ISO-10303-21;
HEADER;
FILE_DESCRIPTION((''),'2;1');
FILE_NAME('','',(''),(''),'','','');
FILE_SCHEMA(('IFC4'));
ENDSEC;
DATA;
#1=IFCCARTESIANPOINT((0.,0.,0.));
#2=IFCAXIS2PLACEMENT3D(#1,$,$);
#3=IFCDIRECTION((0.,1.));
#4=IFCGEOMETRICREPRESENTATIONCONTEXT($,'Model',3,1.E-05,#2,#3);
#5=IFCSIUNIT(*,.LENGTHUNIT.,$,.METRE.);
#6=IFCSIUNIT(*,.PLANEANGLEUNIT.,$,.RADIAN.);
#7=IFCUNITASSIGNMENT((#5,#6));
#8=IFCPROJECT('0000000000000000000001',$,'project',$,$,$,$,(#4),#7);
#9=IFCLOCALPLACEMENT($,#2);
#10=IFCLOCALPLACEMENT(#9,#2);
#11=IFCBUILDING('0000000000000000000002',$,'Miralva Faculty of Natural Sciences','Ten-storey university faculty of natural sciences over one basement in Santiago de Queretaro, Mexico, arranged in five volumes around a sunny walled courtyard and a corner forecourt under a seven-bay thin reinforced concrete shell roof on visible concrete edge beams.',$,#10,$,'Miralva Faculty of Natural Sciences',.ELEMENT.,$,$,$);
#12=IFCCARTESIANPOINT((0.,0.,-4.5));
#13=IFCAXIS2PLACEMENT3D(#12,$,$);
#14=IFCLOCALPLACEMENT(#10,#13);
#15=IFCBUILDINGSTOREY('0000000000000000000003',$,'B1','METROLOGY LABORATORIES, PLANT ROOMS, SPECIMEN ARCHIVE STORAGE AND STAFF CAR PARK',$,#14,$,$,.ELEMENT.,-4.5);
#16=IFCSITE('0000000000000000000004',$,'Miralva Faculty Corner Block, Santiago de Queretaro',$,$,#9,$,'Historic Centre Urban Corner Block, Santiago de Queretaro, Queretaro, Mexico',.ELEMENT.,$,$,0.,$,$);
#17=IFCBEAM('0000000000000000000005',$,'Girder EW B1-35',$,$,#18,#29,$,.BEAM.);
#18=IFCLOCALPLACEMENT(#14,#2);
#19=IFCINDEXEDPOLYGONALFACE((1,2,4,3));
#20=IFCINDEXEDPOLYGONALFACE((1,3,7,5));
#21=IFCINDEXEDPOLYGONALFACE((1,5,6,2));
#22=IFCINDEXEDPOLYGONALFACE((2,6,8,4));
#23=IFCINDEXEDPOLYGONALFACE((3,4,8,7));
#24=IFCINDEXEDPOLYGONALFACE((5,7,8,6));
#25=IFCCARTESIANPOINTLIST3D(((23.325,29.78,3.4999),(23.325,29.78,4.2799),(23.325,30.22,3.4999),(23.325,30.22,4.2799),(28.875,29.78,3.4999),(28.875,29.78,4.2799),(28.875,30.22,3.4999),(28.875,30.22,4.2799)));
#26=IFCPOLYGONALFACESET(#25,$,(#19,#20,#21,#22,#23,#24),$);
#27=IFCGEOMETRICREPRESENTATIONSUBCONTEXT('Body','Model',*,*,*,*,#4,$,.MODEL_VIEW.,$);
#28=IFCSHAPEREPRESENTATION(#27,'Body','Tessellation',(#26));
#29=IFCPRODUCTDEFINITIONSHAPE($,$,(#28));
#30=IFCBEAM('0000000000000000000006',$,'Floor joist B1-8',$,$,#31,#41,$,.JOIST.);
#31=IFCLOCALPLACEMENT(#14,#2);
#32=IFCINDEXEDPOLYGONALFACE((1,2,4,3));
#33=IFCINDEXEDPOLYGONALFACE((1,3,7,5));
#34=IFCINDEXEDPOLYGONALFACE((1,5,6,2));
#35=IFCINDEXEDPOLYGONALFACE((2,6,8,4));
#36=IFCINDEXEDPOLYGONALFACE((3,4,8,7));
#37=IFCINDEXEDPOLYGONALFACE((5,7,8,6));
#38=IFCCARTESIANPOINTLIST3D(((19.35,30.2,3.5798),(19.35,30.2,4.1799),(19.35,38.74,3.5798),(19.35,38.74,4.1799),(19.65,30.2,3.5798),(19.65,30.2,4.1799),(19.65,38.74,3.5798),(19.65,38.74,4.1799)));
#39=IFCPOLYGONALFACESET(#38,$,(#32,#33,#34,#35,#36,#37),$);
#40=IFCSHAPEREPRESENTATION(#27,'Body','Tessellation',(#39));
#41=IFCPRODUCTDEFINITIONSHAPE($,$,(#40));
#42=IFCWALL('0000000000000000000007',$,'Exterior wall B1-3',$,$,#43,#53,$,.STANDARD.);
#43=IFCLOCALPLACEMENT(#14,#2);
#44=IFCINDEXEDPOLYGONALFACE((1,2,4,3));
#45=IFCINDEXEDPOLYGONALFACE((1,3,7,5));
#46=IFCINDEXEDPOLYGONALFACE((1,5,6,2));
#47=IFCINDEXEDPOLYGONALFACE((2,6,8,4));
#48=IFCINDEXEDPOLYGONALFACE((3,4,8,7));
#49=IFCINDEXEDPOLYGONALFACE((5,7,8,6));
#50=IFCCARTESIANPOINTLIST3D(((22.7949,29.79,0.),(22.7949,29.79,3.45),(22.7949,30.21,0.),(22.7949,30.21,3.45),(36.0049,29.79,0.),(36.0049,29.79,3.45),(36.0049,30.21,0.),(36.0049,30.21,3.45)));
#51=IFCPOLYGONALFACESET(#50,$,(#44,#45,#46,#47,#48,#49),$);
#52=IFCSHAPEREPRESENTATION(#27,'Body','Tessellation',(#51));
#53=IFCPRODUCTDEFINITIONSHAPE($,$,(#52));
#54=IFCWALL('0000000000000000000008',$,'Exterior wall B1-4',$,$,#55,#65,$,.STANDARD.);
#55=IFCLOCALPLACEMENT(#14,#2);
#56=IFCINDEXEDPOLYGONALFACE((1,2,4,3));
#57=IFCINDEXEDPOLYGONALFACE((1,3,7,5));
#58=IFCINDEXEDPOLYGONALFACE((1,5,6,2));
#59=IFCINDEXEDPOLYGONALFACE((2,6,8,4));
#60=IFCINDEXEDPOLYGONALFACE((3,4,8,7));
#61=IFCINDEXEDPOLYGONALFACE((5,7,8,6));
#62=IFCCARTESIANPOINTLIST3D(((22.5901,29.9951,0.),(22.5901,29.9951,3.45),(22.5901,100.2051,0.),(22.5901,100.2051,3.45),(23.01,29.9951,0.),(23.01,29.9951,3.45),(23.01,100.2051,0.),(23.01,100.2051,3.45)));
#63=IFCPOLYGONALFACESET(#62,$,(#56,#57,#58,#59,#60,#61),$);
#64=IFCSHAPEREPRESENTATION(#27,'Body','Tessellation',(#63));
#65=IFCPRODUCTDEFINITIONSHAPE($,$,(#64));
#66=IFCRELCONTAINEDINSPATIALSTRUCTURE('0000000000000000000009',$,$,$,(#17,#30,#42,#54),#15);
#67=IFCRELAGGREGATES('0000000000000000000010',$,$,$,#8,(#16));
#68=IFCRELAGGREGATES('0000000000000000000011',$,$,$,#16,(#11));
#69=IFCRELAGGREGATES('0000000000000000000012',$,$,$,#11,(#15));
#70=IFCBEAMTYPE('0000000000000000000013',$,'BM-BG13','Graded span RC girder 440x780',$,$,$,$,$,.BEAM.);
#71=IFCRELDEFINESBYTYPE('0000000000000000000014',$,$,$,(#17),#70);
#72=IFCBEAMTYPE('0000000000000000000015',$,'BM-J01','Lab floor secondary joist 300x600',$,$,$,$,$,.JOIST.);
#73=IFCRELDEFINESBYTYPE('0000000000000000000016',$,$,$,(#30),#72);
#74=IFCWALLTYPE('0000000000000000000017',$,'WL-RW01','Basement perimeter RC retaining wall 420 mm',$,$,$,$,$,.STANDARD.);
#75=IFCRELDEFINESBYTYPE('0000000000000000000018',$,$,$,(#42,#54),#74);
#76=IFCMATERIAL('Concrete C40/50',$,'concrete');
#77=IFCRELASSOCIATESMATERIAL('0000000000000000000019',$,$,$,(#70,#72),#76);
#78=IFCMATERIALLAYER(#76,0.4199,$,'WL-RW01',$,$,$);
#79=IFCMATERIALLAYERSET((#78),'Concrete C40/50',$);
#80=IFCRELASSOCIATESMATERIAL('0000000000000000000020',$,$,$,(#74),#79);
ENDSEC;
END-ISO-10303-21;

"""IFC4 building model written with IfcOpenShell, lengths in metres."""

from ifc_helpers import new_model, si_unit, direction, frame, frame_2d, origin, origin_2d, place, context, subcontext, project, spatial, rectangle, extrude, material, layer, layer_set, material_profile, profile_set, type_object, element, save


model = new_model("IFC4")

# Units and contexts
model_context = context("Model", 3, precision=1e-05, world=origin(), true_north=direction((0.0, 1.0)))
body_context = subcontext(model_context, "Body", "Model", "MODEL_VIEW")
ifc_project = project(units=[si_unit("LENGTHUNIT", "METRE"), si_unit("PLANEANGLEUNIT", "RADIAN")], contexts=[model_context])

# Site, building, storey
site_placement = place(None, origin())
site = spatial("IfcSite", under=ifc_project, at=site_placement, Name="Miralva Faculty Corner Block, Santiago de Queretaro", LongName="Historic Centre Urban Corner Block, Santiago de Queretaro, Queretaro, Mexico", CompositionType="ELEMENT", RefElevation=0.0)
building_placement = place(site_placement, origin())
building = spatial("IfcBuilding", under=site, at=building_placement, Name="Miralva Faculty of Natural Sciences", Description="Ten-storey university faculty of natural sciences over one basement in Santiago de Queretaro, Mexico, arranged in five volumes around a sunny walled courtyard and a corner forecourt under a seven-bay thin reinforced concrete shell roof on visible concrete edge beams.", LongName="Miralva Faculty of Natural Sciences", CompositionType="ELEMENT")
storey_placement = place(building_placement, frame((0.0, 0.0, -4.5)))
storey = spatial("IfcBuildingStorey", under=building, at=storey_placement, Name="B1", Description="METROLOGY LABORATORIES, PLANT ROOMS, SPECIMEN ARCHIVE STORAGE AND STAFF CAR PARK", CompositionType="ELEMENT", Elevation=-4.5)

# Beams
ifc_material_1 = material(Name="Concrete C40/50", Category="concrete")
ifc_material_profile_1 = material_profile(ifc_material_1, rectangle(XDim=0.4399, YDim=0.78, at=origin_2d()), Name="RC 440x780")
ifc_profile_set_1 = profile_set([ifc_material_profile_1], Name="Concrete C40/50")
beam_type_1 = type_object("IfcBeamType", Name="BM-BG13", Description="Graded span RC girder 440x780", PredefinedType="BEAM", material=ifc_profile_set_1)
beam_1_placement = place(storey_placement, frame((23.325, 30.0, 3.8899), z_axis=(1.0, 0.0, 0.0), x_axis=(0.0, 1.0, 0.0)))
element("IfcBeam", 1, at=beam_1_placement, inside=storey, type_object=beam_type_1, Name="Girder EW B1-35", PredefinedType="BEAM", context=body_context, shape_type="SweptSolid", body=[
    extrude(rectangle(XDim=0.4399, YDim=0.78, at=origin_2d()), origin(), (0.0, 0.0, 1.0), 5.55),
])
ifc_material_profile_2 = material_profile(ifc_material_1, rectangle(XDim=0.3, YDim=0.6001, at=origin_2d()), Name="RC 300x600")
ifc_profile_set_2 = profile_set([ifc_material_profile_2], Name="Concrete C40/50")
beam_type_2 = type_object("IfcBeamType", Name="BM-J01", Description="Lab floor secondary joist 300x600", PredefinedType="JOIST", material=ifc_profile_set_2)
beam_2_placement = place(storey_placement, frame((19.5, 30.2, 3.8799), z_axis=(0.0, 1.0, 0.0), x_axis=(-1.0, 0.0, 0.0)))
element("IfcBeam", 2, at=beam_2_placement, inside=storey, type_object=beam_type_2, Name="Floor joist B1-8", PredefinedType="JOIST", context=body_context, shape_type="SweptSolid", body=[
    extrude(rectangle(XDim=0.3, YDim=0.6001, at=origin_2d()), origin(), (0.0, 0.0, 1.0), 8.54),
])

# Walls
ifc_layer_1 = layer(ifc_material_1, 0.4199, Name="WL-RW01")
ifc_layer_set_1 = layer_set([ifc_layer_1], Name="Concrete C40/50")
wall_type = type_object("IfcWallType", Name="WL-RW01", Description="Basement perimeter RC retaining wall 420 mm", PredefinedType="STANDARD", material=ifc_layer_set_1)
wall_1_placement = place(storey_placement, frame((22.7949, 30.0, 0.0), z_axis=(0.0, 0.0, 1.0), x_axis=(1.0, 0.0, 0.0)))
element("IfcWall", 3, at=wall_1_placement, inside=storey, type_object=wall_type, Name="Exterior wall B1-3", PredefinedType="STANDARD", context=body_context, shape_type="SweptSolid", body=[
    extrude(rectangle(XDim=13.21, YDim=0.4199, at=frame_2d((6.605, 0.0))), origin(), (0.0, 0.0, 1.0), 3.45),
])
wall_2_placement = place(storey_placement, frame((22.8, 29.9951, 0.0), z_axis=(0.0, 0.0, 1.0), x_axis=(0.0, 1.0, 0.0)))
element("IfcWall", 4, at=wall_2_placement, inside=storey, type_object=wall_type, Name="Exterior wall B1-4", PredefinedType="STANDARD", context=body_context, shape_type="SweptSolid", body=[
    extrude(rectangle(XDim=70.21, YDim=0.4199, at=frame_2d((35.105, 0.0))), origin(), (0.0, 0.0, 1.0), 3.45),
])

save(model, "model.ifc")
